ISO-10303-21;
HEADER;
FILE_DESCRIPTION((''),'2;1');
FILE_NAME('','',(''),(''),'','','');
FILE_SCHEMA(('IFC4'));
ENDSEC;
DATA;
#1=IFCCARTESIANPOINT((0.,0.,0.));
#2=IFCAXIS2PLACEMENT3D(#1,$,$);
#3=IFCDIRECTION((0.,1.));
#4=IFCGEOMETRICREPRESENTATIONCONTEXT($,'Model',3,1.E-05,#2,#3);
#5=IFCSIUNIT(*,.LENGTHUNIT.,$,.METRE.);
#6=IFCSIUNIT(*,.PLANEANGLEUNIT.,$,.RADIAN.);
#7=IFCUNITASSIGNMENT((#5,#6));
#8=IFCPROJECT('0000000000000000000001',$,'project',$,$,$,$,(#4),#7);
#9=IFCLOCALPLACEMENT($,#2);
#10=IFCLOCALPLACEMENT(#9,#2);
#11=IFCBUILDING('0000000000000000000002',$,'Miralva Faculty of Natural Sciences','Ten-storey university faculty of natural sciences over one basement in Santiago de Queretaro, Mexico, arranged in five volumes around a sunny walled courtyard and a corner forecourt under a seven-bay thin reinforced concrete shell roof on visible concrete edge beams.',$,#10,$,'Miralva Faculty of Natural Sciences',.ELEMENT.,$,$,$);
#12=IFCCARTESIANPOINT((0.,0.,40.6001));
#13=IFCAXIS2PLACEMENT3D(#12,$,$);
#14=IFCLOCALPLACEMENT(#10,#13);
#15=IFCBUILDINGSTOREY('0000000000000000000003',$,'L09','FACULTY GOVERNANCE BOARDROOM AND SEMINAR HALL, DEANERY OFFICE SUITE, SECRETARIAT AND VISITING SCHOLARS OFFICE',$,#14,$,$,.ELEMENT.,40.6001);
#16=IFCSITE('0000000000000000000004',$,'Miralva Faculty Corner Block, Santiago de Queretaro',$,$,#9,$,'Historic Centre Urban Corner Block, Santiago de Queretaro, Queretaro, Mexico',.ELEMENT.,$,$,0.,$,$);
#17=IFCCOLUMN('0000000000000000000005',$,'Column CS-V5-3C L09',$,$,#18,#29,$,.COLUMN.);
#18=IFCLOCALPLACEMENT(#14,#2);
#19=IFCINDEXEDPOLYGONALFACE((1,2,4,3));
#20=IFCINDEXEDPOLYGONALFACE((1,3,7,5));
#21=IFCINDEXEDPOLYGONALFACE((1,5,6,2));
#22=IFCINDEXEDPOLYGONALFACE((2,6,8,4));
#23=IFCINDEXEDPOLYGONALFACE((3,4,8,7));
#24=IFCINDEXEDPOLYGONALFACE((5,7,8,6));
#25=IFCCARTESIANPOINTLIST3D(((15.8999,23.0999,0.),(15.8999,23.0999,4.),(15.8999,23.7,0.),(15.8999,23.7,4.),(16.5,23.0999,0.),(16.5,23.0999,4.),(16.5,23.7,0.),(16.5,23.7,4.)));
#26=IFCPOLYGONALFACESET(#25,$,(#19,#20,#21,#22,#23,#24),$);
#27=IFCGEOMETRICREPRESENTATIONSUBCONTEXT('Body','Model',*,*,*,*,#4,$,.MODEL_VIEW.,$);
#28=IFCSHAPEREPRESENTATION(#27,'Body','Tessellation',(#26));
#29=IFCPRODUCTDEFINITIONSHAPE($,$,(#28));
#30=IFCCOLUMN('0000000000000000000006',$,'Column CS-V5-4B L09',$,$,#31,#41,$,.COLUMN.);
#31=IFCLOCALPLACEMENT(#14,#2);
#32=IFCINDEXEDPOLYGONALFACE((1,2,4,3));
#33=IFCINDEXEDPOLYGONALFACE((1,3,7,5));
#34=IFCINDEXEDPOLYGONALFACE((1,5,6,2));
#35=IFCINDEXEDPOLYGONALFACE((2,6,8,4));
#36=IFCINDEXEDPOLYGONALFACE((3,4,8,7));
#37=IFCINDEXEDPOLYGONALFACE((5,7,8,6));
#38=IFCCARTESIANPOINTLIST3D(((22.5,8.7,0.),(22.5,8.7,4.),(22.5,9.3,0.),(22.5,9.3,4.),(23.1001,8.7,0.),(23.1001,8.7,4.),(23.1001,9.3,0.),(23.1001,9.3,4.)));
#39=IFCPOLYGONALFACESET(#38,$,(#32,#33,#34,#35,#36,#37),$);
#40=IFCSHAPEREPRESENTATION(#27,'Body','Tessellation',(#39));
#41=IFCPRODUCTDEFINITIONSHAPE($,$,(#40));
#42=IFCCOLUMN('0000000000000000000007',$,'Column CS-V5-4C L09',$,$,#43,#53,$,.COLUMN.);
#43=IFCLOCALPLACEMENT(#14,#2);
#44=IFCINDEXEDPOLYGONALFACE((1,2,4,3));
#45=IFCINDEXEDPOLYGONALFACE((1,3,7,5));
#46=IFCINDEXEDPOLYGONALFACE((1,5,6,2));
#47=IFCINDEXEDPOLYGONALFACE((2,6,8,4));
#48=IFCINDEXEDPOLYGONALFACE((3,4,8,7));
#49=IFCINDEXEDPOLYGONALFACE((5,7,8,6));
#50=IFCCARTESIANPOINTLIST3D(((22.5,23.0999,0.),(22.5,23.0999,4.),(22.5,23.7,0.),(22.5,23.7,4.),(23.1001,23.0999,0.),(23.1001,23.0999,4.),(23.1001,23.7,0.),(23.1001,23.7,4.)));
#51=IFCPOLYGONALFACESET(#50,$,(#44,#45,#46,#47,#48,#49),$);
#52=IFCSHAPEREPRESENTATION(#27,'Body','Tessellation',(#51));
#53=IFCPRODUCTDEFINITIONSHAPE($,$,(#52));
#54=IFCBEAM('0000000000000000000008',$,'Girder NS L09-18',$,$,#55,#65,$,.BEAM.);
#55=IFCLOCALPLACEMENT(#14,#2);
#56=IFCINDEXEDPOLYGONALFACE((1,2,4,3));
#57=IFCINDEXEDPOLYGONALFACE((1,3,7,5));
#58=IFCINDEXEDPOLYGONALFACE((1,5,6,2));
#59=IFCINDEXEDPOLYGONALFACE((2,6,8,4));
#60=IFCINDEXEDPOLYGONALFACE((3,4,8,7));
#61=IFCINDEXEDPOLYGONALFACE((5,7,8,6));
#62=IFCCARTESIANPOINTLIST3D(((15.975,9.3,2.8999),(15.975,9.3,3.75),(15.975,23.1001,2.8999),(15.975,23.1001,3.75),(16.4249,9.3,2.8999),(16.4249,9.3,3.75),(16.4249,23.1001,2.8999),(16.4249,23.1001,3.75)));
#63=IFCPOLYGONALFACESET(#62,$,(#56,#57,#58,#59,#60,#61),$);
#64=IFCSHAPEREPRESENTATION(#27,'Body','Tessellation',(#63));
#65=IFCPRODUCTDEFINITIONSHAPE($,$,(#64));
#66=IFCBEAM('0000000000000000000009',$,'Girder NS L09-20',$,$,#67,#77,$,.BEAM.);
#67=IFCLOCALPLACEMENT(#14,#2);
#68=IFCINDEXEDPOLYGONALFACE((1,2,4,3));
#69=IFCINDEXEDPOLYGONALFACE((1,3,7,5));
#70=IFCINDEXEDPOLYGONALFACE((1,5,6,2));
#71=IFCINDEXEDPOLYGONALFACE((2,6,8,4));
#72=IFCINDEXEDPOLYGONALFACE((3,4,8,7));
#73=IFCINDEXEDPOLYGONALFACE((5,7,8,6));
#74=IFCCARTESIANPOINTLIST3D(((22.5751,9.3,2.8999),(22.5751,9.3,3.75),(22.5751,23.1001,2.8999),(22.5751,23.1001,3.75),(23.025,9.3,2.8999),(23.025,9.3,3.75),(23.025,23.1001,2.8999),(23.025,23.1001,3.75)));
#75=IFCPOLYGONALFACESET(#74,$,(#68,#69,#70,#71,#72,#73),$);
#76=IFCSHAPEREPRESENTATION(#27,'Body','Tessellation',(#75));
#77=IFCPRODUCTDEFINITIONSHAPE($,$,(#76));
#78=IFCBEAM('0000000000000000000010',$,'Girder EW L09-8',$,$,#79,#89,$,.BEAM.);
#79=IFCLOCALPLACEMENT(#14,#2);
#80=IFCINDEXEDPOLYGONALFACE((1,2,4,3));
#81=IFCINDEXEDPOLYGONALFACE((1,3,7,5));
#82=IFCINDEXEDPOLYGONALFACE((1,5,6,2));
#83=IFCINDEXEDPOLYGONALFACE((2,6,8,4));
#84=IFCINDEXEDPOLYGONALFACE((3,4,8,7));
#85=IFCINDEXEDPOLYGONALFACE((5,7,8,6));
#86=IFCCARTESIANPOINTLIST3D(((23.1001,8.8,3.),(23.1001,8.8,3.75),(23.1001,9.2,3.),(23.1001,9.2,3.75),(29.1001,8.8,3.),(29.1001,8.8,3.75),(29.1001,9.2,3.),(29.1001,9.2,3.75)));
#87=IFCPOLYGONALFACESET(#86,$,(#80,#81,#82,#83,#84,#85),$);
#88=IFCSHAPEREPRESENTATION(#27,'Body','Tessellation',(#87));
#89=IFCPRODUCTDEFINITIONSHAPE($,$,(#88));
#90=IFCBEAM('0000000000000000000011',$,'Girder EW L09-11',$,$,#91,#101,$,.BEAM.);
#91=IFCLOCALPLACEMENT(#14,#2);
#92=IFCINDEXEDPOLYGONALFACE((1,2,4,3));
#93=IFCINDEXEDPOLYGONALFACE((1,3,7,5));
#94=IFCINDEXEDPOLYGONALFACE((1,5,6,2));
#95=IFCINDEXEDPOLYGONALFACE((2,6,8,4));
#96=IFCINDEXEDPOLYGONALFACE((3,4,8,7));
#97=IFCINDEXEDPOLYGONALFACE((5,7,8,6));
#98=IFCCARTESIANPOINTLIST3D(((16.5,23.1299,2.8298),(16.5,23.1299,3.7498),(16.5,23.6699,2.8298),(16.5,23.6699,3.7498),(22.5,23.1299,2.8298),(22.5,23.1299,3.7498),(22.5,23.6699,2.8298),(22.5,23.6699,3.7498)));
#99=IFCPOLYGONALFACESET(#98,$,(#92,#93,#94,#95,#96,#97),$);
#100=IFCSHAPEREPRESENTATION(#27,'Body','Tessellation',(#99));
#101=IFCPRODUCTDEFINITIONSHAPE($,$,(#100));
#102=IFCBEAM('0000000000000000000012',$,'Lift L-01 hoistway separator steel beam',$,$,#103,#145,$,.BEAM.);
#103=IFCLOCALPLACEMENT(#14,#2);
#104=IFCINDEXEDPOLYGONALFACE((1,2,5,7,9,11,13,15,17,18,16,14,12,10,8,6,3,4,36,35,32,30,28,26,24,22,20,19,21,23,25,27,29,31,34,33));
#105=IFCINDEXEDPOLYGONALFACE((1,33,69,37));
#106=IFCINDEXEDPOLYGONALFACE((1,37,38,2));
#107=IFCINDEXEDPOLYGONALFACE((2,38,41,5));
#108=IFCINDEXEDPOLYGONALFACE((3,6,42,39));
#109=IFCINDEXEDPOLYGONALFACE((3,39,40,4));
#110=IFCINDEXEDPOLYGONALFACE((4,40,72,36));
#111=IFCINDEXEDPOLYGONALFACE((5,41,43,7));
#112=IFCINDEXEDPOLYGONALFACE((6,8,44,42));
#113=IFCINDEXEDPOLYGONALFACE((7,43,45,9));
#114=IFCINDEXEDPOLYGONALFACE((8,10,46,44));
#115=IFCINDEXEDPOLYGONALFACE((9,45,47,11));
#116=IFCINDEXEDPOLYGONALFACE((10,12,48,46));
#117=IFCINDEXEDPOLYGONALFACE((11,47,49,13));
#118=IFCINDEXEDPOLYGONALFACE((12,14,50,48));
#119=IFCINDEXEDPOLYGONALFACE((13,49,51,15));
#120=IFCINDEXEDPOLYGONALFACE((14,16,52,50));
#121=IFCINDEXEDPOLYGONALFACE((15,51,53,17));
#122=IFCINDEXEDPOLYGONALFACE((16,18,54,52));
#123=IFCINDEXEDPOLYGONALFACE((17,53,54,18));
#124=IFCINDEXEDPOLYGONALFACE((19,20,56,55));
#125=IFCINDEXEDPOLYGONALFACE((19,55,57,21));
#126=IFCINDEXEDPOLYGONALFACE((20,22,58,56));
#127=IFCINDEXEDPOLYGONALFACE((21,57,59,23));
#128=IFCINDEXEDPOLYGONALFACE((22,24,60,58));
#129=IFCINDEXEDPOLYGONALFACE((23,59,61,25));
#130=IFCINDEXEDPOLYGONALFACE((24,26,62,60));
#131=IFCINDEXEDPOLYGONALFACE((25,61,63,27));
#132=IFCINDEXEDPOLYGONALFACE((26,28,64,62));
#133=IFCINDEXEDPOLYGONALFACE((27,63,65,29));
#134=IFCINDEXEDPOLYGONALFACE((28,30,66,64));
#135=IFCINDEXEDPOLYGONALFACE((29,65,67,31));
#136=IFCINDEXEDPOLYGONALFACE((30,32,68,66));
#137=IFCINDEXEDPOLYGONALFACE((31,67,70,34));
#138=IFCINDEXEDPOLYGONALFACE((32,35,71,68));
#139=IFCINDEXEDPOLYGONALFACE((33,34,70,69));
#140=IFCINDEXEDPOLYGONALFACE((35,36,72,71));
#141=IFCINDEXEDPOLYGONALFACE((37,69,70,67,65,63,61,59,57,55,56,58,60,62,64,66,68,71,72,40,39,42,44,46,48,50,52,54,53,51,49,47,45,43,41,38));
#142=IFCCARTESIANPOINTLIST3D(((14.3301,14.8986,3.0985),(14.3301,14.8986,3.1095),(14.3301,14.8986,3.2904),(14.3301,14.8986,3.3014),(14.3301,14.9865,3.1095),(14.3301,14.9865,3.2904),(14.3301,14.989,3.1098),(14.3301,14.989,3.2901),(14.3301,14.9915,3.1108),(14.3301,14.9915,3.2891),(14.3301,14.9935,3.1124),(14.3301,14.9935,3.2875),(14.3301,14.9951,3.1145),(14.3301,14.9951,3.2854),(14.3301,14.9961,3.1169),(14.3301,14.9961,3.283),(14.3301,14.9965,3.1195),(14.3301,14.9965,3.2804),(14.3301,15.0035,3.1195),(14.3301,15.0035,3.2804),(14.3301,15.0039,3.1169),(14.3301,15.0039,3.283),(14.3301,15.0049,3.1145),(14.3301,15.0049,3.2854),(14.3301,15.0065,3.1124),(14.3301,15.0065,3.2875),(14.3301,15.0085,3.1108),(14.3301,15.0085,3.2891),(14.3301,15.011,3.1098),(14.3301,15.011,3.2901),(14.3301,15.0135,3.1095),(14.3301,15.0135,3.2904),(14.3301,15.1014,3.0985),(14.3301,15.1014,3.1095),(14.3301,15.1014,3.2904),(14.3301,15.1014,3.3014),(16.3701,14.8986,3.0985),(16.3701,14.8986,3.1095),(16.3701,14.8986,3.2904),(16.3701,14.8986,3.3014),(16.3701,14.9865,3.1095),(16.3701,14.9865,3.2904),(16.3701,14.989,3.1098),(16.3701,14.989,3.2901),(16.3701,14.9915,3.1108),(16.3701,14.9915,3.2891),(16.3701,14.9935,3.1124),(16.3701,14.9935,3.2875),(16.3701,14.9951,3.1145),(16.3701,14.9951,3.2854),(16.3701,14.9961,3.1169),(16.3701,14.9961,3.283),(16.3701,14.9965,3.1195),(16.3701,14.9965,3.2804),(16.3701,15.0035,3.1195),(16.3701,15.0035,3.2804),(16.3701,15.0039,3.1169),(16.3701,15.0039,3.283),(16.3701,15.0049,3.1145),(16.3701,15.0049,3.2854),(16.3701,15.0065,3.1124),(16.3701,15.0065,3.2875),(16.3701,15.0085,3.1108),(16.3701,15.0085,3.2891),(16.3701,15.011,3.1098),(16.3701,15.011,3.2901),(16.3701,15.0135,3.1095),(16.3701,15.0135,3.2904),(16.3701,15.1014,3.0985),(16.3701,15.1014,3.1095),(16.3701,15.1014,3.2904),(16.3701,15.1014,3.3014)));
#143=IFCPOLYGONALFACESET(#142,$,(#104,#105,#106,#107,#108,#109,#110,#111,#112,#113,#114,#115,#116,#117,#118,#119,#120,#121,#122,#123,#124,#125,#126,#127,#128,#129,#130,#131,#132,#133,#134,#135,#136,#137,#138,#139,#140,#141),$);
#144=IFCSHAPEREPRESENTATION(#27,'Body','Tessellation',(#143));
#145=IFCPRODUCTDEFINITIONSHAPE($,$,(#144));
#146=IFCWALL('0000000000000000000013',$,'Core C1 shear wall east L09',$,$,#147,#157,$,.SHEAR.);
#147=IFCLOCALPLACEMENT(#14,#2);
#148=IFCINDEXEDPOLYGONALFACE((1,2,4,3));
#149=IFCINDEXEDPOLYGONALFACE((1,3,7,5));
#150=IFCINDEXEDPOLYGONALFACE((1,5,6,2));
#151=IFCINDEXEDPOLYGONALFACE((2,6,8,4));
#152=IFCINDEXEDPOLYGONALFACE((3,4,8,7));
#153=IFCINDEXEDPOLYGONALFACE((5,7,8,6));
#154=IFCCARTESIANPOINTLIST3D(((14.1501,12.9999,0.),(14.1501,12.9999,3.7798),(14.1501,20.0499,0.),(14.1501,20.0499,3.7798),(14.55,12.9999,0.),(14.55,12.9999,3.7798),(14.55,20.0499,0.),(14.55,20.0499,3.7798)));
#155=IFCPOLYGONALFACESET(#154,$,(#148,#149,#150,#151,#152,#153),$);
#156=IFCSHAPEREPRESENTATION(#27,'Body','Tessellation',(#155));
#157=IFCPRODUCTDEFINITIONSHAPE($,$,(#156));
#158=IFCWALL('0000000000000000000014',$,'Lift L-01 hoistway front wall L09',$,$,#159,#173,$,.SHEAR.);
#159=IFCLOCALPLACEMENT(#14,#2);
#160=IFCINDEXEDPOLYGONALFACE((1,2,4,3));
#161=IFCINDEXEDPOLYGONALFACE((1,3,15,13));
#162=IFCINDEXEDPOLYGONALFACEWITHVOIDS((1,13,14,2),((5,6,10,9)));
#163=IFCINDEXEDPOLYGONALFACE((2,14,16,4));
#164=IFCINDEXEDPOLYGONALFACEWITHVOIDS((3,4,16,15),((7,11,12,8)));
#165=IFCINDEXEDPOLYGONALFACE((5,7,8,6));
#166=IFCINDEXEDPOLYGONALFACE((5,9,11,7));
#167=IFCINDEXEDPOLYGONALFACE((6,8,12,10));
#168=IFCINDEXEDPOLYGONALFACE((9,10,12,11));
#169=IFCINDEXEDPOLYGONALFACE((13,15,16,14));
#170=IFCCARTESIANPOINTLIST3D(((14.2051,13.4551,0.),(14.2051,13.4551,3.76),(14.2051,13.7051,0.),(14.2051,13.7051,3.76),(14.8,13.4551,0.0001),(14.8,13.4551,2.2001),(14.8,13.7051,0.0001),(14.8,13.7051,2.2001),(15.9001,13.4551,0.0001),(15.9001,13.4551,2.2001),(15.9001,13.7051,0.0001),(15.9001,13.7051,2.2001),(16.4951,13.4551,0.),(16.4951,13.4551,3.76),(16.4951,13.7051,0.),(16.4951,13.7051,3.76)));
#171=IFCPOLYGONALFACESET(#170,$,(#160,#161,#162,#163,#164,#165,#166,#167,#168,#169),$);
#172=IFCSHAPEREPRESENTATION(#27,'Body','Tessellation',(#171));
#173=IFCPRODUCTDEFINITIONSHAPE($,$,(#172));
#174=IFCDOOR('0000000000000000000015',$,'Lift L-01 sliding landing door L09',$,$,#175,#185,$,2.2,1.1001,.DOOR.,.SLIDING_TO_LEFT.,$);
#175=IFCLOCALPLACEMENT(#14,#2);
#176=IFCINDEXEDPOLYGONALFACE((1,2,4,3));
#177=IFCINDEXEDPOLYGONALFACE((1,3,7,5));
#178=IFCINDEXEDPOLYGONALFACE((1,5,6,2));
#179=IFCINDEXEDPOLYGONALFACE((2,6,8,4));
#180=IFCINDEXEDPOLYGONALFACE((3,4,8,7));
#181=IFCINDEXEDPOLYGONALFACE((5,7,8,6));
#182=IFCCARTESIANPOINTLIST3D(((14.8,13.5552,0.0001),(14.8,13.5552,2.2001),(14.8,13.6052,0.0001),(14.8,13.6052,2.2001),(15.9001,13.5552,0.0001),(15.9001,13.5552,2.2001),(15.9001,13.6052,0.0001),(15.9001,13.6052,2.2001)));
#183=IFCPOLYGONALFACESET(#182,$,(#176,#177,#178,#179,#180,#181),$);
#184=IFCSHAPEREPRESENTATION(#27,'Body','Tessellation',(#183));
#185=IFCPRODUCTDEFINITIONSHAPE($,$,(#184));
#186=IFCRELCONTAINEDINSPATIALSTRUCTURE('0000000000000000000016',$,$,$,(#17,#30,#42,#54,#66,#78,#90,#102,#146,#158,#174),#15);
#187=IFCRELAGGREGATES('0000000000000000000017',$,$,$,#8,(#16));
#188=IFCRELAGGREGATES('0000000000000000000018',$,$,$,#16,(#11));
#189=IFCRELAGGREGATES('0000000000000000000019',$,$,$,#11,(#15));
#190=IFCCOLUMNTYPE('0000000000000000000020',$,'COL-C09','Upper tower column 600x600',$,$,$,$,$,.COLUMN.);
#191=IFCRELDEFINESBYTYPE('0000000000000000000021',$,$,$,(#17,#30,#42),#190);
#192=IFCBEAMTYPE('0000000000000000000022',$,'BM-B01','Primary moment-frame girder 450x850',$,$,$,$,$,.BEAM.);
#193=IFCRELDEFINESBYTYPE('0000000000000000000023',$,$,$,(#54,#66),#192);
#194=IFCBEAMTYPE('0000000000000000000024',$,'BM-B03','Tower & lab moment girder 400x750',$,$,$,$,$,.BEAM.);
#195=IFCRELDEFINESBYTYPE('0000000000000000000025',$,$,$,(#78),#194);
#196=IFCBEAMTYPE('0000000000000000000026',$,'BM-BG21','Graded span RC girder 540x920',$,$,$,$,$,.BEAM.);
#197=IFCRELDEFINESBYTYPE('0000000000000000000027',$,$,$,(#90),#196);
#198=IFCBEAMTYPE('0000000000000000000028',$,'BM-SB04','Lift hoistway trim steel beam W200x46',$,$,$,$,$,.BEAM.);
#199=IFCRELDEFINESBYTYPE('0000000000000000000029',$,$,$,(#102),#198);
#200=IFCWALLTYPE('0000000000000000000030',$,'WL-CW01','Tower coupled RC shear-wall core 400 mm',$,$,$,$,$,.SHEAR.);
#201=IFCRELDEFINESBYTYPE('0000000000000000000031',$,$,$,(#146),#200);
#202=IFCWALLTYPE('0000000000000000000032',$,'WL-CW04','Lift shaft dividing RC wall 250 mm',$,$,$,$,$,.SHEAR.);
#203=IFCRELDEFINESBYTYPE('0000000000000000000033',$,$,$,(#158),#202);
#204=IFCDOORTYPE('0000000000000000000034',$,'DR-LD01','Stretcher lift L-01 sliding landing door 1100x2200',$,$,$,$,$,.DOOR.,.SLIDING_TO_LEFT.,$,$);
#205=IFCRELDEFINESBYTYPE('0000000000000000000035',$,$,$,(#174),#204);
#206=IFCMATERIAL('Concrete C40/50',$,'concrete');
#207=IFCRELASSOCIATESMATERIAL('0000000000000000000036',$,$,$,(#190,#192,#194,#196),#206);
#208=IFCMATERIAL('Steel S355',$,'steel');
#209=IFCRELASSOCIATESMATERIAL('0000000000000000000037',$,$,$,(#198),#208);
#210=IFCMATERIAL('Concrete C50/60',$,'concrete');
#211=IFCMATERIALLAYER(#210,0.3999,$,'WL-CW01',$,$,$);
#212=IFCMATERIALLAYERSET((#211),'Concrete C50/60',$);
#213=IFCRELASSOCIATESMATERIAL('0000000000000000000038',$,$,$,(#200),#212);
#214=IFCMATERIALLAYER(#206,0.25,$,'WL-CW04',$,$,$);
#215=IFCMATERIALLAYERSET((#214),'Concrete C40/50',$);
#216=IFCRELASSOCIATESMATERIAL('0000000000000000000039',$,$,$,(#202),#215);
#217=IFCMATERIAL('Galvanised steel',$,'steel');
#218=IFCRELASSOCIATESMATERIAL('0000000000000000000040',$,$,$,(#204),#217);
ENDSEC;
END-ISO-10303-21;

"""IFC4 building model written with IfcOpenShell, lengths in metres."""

from ifc_helpers import new_model, si_unit, direction, frame, frame_2d, origin, origin_2d, place, context, subcontext, project, spatial, rectangle, i_section, extrude, material, layer, layer_set, material_profile, profile_set, type_object, element, fill, save


model = new_model("IFC4")

# Units and contexts
model_context = context("Model", 3, precision=1e-05, world=origin(), true_north=direction((0.0, 1.0)))
body_context = subcontext(model_context, "Body", "Model", "MODEL_VIEW")
ifc_project = project(units=[si_unit("LENGTHUNIT", "METRE"), si_unit("PLANEANGLEUNIT", "RADIAN")], contexts=[model_context])

# Site, building, storey
site_placement = place(None, origin())
site = spatial("IfcSite", under=ifc_project, at=site_placement, Name="Miralva Faculty Corner Block, Santiago de Queretaro", LongName="Historic Centre Urban Corner Block, Santiago de Queretaro, Queretaro, Mexico", CompositionType="ELEMENT", RefElevation=0.0)
building_placement = place(site_placement, origin())
building = spatial("IfcBuilding", under=site, at=building_placement, Name="Miralva Faculty of Natural Sciences", Description="Ten-storey university faculty of natural sciences over one basement in Santiago de Queretaro, Mexico, arranged in five volumes around a sunny walled courtyard and a corner forecourt under a seven-bay thin reinforced concrete shell roof on visible concrete edge beams.", LongName="Miralva Faculty of Natural Sciences", CompositionType="ELEMENT")
storey_placement = place(building_placement, frame((0.0, 0.0, 40.6001)))
storey = spatial("IfcBuildingStorey", under=building, at=storey_placement, Name="L09", Description="FACULTY GOVERNANCE BOARDROOM AND SEMINAR HALL, DEANERY OFFICE SUITE, SECRETARIAT AND VISITING SCHOLARS OFFICE", CompositionType="ELEMENT", Elevation=40.6001)

# Columns
ifc_material_1 = material(Name="Concrete C40/50", Category="concrete")
ifc_material_profile_1 = material_profile(ifc_material_1, rectangle(XDim=0.6001, YDim=0.6001, at=origin_2d()), Name="RC 600x600")
ifc_profile_set_1 = profile_set([ifc_material_profile_1], Name="Concrete C40/50")
column_type = type_object("IfcColumnType", Name="COL-C09", Description="Upper tower column 600x600", PredefinedType="COLUMN", material=ifc_profile_set_1)
for number, where, z_axis, x_axis, name in (
    (1, (16.2, 23.3999, 0.0), (0.0, 0.0, 1.0), (1.0, 0.0, 0.0), "Column CS-V5-3C L09"),
    (2, (22.8, 9.0, 0.0), (0.0, 0.0, 1.0), (1.0, 0.0, 0.0), "Column CS-V5-4B L09"),
    (3, (22.8, 23.3999, 0.0), (0.0, 0.0, 1.0), (1.0, 0.0, 0.0), "Column CS-V5-4C L09"),
):
    element("IfcColumn", number, at=place(storey_placement, frame(where, z_axis=z_axis, x_axis=x_axis)), inside=storey, type_object=column_type, Name=name, PredefinedType="COLUMN", context=body_context, shape_type="SweptSolid", body=[
        extrude(rectangle(XDim=0.6001, YDim=0.6001, at=origin_2d()), origin(), (0.0, 0.0, 1.0), 4.0),
    ])

# Beams
ifc_material_profile_2 = material_profile(ifc_material_1, rectangle(XDim=0.45, YDim=0.8501, at=origin_2d()), Name="RC 450x850")
ifc_profile_set_2 = profile_set([ifc_material_profile_2], Name="Concrete C40/50")
beam_type_1 = type_object("IfcBeamType", Name="BM-B01", Description="Primary moment-frame girder 450x850", PredefinedType="BEAM", material=ifc_profile_set_2)
for number, where, z_axis, x_axis, name in (
    (4, (16.2, 9.3, 3.325), (0.0, 1.0, 0.0), (-1.0, 0.0, 0.0), "Girder NS L09-18"),
    (5, (22.8, 9.3, 3.325), (0.0, 1.0, 0.0), (-1.0, 0.0, 0.0), "Girder NS L09-20"),
):
    element("IfcBeam", number, at=place(storey_placement, frame(where, z_axis=z_axis, x_axis=x_axis)), inside=storey, type_object=beam_type_1, Name=name, PredefinedType="BEAM", context=body_context, shape_type="SweptSolid", body=[
        extrude(rectangle(XDim=0.45, YDim=0.8501, at=origin_2d()), origin(), (0.0, 0.0, 1.0), 13.8),
    ])
ifc_material_profile_3 = material_profile(ifc_material_1, rectangle(XDim=0.3999, YDim=0.75, at=origin_2d()), Name="RC 400x750")
ifc_profile_set_3 = profile_set([ifc_material_profile_3], Name="Concrete C40/50")
beam_type_2 = type_object("IfcBeamType", Name="BM-B03", Description="Tower & lab moment girder 400x750", PredefinedType="BEAM", material=ifc_profile_set_3)
beam_1_placement = place(storey_placement, frame((23.1001, 9.0, 3.375), z_axis=(1.0, 0.0, 0.0), x_axis=(0.0, 1.0, 0.0)))
element("IfcBeam", 6, at=beam_1_placement, inside=storey, type_object=beam_type_2, Name="Girder EW L09-8", PredefinedType="BEAM", context=body_context, shape_type="SweptSolid", body=[
    extrude(rectangle(XDim=0.3999, YDim=0.75, at=origin_2d()), origin(), (0.0, 0.0, 1.0), 6.0),
])
ifc_material_profile_4 = material_profile(ifc_material_1, rectangle(XDim=0.54, YDim=0.9199, at=origin_2d()), Name="RC 540x920")
ifc_profile_set_4 = profile_set([ifc_material_profile_4], Name="Concrete C40/50")
beam_type_3 = type_object("IfcBeamType", Name="BM-BG21", Description="Graded span RC girder 540x920", PredefinedType="BEAM", material=ifc_profile_set_4)
beam_2_placement = place(storey_placement, frame((16.5, 23.3999, 3.2898), z_axis=(1.0, 0.0, 0.0), x_axis=(0.0, 1.0, 0.0)))
element("IfcBeam", 7, at=beam_2_placement, inside=storey, type_object=beam_type_3, Name="Girder EW L09-11", PredefinedType="BEAM", context=body_context, shape_type="SweptSolid", body=[
    extrude(rectangle(XDim=0.54, YDim=0.9199, at=origin_2d()), origin(), (0.0, 0.0, 1.0), 6.0),
])
ifc_material_2 = material(Name="Steel S355", Category="steel")
ifc_material_profile_5 = material_profile(ifc_material_2, i_section(OverallWidth=0.2029, OverallDepth=0.2029, WebThickness=0.0071, FlangeThickness=0.011, FilletRadius=0.01, at=origin_2d()), Name="W200x46")
ifc_profile_set_5 = profile_set([ifc_material_profile_5], Name="Steel S355")
beam_type_4 = type_object("IfcBeamType", Name="BM-SB04", Description="Lift hoistway trim steel beam W200x46", PredefinedType="BEAM", material=ifc_profile_set_5)
beam_3_placement = place(storey_placement, frame((14.3301, 15.0, 3.2), z_axis=(1.0, 0.0, 0.0), x_axis=(0.0, 1.0, 0.0)))
element("IfcBeam", 8, at=beam_3_placement, inside=storey, type_object=beam_type_4, Name="Lift L-01 hoistway separator steel beam", PredefinedType="BEAM", context=body_context, shape_type="SweptSolid", body=[
    extrude(i_section(OverallWidth=0.2029, OverallDepth=0.2029, WebThickness=0.0071, FlangeThickness=0.011, FilletRadius=0.01, at=origin_2d()), origin(), (0.0, 0.0, 1.0), 2.04),
])

# Wall
ifc_material_3 = material(Name="Concrete C50/60", Category="concrete")
ifc_layer_1 = layer(ifc_material_3, 0.3999, Name="WL-CW01")
ifc_layer_set_1 = layer_set([ifc_layer_1], Name="Concrete C50/60")
wall_type_1 = type_object("IfcWallType", Name="WL-CW01", Description="Tower coupled RC shear-wall core 400 mm", PredefinedType="SHEAR", material=ifc_layer_set_1)
wall_1_placement = place(storey_placement, frame((14.3501, 13.0, 0.0), z_axis=(0.0, 0.0, 1.0), x_axis=(0.0, 1.0, 0.0)))
element("IfcWall", 9, at=wall_1_placement, inside=storey, type_object=wall_type_1, Name="Core C1 shear wall east L09", PredefinedType="SHEAR", context=body_context, shape_type="SweptSolid", body=[
    extrude(rectangle(XDim=7.05, YDim=0.3999, at=frame_2d((3.5249, 0.0))), origin(), (0.0, 0.0, 1.0), 3.7798),
])

# Wall, opening, door
ifc_layer_2 = layer(ifc_material_1, 0.25, Name="WL-CW04")
ifc_layer_set_2 = layer_set([ifc_layer_2], Name="Concrete C40/50")
wall_type_2 = type_object("IfcWallType", Name="WL-CW04", Description="Lift shaft dividing RC wall 250 mm", PredefinedType="SHEAR", material=ifc_layer_set_2)
wall_2_placement = place(storey_placement, frame((14.2051, 13.5801, 0.0), z_axis=(0.0, 0.0, 1.0), x_axis=(1.0, 0.0, 0.0)))
wall_2 = element("IfcWall", 10, at=wall_2_placement, inside=storey, type_object=wall_type_2, Name="Lift L-01 hoistway front wall L09", PredefinedType="SHEAR", context=body_context, shape_type="SweptSolid", body=[
    extrude(rectangle(XDim=2.29, YDim=0.25, at=frame_2d((1.145, 0.0))), origin(), (0.0, 0.0, 1.0), 3.76),
])
opening_1_placement = place(wall_2_placement, frame((0.595, 0.0, 0.0)))
opening_1 = element("IfcOpeningElement", 11, at=opening_1_placement, cuts=wall_2, PredefinedType="OPENING", context=body_context, shape_type="SweptSolid", body=[
    extrude(rectangle(XDim=1.1001, YDim=2.2, at=frame_2d((0.55, 1.1001))), frame((0.0, 0.135, 0.0), z_axis=(0.0, -1.0, 0.0), x_axis=(1.0, 0.0, 0.0)), (0.0, 0.0, 1.0), 0.27),
])
ifc_material_4 = material(Name="Galvanised steel", Category="steel")
door_type_1 = type_object("IfcDoorType", Name="DR-LD01", Description="Stretcher lift L-01 sliding landing door 1100x2200", OperationType="SLIDING_TO_LEFT", PredefinedType="DOOR", material=ifc_material_4)
door_1_placement = place(opening_1_placement, frame((1.1001, 0.0, 0.0), z_axis=(0.0, 0.0, 1.0), x_axis=(-1.0, 0.0, 0.0)))
door_1 = element("IfcDoor", 12, at=door_1_placement, inside=storey, type_object=door_type_1, Name="Lift L-01 sliding landing door L09", OperationType="SLIDING_TO_LEFT", OverallHeight=2.2, OverallWidth=1.1001, PredefinedType="DOOR", context=body_context, shape_type="SweptSolid", body=[
    extrude(rectangle(XDim=1.1001, YDim=2.2, at=frame_2d((0.55, 1.1001))), frame((0.0, 0.0249, 0.0), z_axis=(0.0, -1.0, 0.0), x_axis=(1.0, 0.0, 0.0)), (0.0, 0.0, 1.0), 0.05),
])
fill(opening_1, door_1)

save(model, "model.ifc")
